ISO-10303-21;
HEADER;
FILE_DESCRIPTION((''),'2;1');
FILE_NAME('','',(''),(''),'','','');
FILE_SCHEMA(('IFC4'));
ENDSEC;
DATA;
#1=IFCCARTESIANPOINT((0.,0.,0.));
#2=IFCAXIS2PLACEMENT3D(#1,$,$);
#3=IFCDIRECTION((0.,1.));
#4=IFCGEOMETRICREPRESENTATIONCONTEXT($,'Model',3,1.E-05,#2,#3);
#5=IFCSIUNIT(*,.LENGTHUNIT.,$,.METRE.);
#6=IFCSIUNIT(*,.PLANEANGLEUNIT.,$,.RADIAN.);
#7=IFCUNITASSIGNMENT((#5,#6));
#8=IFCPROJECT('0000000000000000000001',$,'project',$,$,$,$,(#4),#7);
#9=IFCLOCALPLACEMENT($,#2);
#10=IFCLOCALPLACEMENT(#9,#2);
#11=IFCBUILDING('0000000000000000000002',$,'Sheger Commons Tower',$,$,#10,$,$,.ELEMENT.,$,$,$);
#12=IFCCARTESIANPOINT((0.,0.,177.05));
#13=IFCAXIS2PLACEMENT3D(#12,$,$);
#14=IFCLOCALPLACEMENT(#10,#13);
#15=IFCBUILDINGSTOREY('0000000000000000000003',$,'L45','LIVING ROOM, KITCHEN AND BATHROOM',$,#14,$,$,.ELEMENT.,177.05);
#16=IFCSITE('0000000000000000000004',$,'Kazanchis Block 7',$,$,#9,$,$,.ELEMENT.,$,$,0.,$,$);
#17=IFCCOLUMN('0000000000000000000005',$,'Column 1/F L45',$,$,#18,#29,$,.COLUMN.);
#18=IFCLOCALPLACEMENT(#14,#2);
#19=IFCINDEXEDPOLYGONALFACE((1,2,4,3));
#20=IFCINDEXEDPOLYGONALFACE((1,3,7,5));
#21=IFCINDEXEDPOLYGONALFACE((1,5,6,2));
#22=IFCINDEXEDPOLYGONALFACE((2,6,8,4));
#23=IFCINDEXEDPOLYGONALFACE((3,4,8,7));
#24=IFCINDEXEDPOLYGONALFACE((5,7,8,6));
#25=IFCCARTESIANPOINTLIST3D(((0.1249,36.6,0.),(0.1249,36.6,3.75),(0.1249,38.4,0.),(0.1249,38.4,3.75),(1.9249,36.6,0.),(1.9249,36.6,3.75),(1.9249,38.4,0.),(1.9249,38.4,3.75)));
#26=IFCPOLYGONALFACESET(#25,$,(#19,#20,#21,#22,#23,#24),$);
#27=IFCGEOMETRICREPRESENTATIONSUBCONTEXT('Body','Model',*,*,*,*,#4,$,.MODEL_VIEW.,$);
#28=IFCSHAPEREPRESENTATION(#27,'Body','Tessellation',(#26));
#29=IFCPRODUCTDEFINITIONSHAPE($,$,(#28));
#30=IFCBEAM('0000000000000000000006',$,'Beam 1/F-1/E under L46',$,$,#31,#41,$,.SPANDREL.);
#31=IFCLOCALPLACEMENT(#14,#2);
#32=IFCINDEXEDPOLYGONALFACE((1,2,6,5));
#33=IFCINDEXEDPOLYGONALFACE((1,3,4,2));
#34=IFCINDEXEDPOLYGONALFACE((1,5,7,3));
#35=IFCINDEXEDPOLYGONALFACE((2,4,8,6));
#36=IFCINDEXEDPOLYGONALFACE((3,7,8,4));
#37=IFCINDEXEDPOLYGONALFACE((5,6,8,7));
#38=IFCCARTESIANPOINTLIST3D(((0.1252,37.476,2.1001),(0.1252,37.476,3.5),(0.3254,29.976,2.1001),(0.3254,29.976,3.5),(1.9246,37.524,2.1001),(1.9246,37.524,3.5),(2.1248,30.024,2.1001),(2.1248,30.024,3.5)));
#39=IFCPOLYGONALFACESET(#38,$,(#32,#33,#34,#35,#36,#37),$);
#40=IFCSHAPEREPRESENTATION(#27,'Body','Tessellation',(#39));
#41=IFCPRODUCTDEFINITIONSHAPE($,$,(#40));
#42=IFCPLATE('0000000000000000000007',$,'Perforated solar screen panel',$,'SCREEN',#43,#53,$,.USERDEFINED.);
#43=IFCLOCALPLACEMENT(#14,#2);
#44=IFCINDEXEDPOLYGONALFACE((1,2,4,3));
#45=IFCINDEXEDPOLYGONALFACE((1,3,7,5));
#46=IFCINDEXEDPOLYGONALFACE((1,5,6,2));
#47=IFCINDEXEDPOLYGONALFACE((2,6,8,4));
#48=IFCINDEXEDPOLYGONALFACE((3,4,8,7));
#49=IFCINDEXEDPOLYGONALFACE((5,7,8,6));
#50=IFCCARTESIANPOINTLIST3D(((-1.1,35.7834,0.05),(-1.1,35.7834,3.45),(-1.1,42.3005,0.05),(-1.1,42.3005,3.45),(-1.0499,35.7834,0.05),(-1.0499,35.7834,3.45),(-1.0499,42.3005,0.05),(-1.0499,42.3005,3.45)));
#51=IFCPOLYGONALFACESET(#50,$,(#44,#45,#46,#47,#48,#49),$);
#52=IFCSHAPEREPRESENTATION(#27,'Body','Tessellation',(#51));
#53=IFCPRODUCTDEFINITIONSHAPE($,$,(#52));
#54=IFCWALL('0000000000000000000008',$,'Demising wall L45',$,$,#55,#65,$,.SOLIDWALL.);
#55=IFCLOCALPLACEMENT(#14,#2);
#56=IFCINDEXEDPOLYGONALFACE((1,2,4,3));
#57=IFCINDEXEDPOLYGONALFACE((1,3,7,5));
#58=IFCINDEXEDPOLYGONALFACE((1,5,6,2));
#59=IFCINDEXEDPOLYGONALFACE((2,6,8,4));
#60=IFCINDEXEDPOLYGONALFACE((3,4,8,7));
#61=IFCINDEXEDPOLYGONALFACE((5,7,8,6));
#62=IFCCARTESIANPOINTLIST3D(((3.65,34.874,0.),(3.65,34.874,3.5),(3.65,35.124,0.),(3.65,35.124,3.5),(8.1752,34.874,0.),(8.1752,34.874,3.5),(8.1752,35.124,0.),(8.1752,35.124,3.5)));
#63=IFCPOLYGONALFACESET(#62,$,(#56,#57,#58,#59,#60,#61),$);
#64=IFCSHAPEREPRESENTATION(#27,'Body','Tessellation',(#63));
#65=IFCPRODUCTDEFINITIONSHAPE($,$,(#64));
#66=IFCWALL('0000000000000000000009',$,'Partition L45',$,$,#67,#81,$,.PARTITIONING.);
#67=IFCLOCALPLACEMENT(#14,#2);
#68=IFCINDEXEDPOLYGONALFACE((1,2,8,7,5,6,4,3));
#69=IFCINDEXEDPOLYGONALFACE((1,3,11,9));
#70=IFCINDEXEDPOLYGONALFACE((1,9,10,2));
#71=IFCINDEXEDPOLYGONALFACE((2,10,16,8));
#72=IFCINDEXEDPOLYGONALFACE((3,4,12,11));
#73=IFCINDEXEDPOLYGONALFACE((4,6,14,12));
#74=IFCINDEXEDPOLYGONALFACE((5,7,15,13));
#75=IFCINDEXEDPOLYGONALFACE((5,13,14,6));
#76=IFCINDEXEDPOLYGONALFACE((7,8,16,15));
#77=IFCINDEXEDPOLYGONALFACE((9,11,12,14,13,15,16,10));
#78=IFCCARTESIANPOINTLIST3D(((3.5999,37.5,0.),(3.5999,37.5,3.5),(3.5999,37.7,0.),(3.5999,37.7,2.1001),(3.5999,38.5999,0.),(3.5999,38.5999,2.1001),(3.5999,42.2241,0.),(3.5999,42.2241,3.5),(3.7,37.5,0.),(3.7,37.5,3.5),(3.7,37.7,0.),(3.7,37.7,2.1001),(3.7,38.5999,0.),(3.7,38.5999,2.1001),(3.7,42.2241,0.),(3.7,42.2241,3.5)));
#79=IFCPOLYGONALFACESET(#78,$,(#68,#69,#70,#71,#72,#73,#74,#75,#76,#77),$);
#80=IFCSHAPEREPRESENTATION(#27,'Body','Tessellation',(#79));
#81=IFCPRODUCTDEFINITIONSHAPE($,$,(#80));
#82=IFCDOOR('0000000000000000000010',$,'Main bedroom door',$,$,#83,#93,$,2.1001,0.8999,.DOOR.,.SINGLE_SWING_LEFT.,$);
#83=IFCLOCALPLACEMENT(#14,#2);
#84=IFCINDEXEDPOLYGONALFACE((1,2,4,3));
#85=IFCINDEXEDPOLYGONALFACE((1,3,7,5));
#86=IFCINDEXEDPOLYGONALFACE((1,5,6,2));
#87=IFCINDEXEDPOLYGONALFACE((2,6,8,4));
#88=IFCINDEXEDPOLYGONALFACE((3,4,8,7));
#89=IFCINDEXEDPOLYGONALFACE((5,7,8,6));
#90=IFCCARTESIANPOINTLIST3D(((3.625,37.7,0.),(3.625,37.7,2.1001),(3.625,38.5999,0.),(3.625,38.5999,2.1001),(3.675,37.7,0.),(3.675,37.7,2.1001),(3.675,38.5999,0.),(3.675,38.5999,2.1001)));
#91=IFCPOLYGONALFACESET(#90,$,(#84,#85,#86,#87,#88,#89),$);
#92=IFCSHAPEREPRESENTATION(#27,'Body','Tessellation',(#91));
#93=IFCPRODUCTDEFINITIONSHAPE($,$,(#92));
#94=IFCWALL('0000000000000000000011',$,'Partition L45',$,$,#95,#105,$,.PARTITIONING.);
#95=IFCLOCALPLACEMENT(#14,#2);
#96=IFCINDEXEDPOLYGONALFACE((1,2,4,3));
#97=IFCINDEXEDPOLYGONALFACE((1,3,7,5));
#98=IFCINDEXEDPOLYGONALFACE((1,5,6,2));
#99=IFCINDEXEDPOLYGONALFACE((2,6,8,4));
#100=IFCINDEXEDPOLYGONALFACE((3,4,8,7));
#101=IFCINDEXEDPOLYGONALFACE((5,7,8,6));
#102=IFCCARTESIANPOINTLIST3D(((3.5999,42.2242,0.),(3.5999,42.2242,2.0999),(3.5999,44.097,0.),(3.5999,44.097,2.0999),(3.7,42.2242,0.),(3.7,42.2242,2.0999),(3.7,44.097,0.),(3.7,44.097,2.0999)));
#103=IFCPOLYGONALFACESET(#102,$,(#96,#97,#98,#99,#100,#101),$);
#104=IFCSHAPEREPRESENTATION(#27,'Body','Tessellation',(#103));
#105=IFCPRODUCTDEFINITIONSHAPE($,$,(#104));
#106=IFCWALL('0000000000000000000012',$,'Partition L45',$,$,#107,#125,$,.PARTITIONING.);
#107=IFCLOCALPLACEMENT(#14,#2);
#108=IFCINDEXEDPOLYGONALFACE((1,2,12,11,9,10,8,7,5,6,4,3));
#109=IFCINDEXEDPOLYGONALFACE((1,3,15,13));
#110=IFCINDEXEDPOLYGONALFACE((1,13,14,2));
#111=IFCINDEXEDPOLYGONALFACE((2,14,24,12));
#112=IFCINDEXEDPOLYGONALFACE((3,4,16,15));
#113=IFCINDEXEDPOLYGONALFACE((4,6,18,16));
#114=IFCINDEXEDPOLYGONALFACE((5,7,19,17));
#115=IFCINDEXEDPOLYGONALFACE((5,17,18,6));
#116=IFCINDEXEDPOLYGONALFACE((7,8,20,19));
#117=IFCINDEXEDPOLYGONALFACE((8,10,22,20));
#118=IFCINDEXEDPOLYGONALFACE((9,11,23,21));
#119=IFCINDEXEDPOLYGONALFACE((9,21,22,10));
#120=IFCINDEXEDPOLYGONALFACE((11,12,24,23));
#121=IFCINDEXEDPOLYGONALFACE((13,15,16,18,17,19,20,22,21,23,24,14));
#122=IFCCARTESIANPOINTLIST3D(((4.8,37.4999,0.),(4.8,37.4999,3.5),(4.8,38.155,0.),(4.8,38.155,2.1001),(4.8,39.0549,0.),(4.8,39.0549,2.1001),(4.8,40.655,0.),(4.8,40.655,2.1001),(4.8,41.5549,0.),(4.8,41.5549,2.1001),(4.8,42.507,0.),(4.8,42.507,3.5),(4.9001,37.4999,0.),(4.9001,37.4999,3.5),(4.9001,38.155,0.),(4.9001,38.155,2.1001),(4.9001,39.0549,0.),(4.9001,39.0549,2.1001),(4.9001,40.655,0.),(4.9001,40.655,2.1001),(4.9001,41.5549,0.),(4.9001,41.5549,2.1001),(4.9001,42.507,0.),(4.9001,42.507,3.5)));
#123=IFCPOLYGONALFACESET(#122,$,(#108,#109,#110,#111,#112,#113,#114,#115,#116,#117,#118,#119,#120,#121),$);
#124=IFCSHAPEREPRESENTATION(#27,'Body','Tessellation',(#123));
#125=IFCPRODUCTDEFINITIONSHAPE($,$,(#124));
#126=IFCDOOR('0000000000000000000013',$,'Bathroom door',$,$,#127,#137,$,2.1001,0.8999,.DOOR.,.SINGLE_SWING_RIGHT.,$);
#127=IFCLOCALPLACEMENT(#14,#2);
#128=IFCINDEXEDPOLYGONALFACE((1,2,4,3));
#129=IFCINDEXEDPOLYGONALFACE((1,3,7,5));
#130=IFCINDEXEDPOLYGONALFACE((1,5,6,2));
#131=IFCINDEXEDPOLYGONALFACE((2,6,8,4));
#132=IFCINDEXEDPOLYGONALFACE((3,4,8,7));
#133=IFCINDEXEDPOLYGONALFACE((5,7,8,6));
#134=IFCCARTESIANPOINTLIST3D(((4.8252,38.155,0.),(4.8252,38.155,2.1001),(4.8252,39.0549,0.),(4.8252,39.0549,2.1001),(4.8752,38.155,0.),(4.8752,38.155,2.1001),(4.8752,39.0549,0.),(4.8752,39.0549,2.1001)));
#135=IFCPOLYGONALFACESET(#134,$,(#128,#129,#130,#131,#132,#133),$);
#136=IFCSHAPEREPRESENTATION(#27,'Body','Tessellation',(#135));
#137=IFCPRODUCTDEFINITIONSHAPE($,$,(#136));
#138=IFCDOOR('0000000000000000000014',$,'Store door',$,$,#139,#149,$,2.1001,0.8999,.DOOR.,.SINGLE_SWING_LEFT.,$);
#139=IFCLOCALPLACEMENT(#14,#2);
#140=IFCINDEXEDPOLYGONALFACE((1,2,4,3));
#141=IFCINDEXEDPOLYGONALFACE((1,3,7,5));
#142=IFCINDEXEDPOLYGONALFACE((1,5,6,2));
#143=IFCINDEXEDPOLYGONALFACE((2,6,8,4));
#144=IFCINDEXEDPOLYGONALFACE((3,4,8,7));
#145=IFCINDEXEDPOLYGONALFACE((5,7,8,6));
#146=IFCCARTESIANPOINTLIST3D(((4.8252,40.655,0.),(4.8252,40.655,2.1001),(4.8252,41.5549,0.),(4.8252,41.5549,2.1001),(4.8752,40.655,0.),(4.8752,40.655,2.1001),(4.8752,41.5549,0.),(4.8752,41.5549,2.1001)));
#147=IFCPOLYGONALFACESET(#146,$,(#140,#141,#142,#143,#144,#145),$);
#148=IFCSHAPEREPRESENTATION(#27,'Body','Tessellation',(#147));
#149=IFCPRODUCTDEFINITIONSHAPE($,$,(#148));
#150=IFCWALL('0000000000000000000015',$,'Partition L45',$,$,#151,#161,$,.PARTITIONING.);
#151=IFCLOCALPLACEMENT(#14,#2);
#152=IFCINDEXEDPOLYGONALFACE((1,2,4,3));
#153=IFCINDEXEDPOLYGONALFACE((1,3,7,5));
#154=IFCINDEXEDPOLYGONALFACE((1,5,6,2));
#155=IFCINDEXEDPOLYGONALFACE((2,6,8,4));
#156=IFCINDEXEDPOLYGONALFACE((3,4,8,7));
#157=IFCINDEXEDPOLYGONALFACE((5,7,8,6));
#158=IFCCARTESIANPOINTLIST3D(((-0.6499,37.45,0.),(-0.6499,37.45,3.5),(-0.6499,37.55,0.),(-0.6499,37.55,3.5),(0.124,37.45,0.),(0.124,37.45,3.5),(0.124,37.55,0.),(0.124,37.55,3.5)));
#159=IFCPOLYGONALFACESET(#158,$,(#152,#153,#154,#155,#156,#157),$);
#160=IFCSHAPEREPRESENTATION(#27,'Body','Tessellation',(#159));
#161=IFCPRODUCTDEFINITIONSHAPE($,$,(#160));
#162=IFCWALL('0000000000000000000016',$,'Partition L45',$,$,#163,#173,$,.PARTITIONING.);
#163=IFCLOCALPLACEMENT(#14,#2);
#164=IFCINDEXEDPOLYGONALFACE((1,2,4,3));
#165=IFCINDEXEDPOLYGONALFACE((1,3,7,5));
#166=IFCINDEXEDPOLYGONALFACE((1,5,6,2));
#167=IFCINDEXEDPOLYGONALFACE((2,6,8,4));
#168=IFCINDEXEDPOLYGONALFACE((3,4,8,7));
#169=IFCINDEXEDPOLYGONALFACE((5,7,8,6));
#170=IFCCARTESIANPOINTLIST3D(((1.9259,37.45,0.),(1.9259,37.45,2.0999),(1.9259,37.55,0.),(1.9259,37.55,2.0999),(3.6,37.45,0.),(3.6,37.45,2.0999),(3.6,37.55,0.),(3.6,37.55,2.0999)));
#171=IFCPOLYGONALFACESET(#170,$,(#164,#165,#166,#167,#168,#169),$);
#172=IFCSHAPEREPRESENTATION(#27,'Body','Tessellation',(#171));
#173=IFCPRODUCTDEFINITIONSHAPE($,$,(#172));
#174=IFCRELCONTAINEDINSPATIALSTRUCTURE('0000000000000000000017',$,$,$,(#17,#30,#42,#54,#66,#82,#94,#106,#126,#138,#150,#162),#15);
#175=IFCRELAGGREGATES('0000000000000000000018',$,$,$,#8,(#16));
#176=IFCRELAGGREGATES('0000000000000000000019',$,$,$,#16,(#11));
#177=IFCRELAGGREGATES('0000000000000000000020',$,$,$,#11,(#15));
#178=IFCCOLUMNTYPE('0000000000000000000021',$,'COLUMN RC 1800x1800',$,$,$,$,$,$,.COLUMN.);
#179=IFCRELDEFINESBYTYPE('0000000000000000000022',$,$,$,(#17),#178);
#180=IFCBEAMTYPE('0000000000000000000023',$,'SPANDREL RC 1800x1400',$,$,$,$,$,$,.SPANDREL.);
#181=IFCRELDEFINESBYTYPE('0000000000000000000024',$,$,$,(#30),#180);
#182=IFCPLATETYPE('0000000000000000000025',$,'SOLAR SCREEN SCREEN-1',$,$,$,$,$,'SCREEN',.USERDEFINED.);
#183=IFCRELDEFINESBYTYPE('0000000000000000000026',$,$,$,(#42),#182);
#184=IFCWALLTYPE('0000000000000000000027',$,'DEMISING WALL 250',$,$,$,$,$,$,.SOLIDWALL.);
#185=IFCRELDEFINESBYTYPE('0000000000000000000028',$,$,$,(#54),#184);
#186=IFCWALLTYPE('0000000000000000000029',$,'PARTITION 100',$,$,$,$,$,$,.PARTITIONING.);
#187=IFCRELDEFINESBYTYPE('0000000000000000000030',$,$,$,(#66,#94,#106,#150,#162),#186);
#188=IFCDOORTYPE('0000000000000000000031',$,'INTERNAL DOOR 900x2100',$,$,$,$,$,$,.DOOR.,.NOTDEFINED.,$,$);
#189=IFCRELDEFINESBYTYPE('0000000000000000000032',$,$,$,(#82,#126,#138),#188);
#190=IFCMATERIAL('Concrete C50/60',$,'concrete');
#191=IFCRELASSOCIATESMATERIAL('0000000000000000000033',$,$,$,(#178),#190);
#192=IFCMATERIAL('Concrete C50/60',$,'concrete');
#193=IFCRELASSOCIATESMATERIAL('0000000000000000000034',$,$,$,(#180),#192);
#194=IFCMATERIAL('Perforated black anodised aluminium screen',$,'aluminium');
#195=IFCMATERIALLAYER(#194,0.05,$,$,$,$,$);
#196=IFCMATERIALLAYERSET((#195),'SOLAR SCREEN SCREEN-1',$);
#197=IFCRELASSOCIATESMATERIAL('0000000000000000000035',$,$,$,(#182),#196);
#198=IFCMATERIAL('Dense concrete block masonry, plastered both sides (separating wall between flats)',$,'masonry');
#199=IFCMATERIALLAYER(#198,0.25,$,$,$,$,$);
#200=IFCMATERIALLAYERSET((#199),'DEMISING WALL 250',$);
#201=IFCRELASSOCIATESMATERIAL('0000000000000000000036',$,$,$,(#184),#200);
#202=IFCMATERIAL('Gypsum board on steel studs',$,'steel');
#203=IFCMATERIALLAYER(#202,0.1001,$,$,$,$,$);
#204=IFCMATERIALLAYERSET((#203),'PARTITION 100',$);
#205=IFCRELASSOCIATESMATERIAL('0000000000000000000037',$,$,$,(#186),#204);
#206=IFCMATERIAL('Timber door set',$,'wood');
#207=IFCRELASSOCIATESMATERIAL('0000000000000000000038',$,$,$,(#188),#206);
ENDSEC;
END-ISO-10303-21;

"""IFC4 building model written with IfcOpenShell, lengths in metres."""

from ifc_helpers import new_model, si_unit, direction, frame, frame_2d, origin, origin_2d, place, context, subcontext, project, spatial, rectangle, extrude, material, layer, layer_set, material_profile, profile_set, type_object, element, fill, save


model = new_model("IFC4")

# Units and contexts
model_context = context("Model", 3, precision=1e-05, world=origin(), true_north=direction((0.0, 1.0)))
body_context = subcontext(model_context, "Body", "Model", "MODEL_VIEW")
ifc_project = project(units=[si_unit("LENGTHUNIT", "METRE"), si_unit("PLANEANGLEUNIT", "RADIAN")], contexts=[model_context])

# Site, building, storey
site_placement = place(None, origin())
site = spatial("IfcSite", under=ifc_project, at=site_placement, Name="Kazanchis Block 7", CompositionType="ELEMENT", RefElevation=0.0)
building_placement = place(site_placement, origin())
building = spatial("IfcBuilding", under=site, at=building_placement, Name="Sheger Commons Tower", CompositionType="ELEMENT")
storey_placement = place(building_placement, frame((0.0, 0.0, 177.05)))
storey = spatial("IfcBuildingStorey", under=building, at=storey_placement, Name="L45", Description="LIVING ROOM, KITCHEN AND BATHROOM", CompositionType="ELEMENT", Elevation=177.05)

# Column
ifc_material_1 = material(Name="Concrete C50/60", Category="concrete")
ifc_material_profile_1 = material_profile(ifc_material_1, rectangle(XDim=1.8, YDim=1.8, at=origin_2d()), Name="RC 1800x1800")
ifc_profile_set_1 = profile_set([ifc_material_profile_1], Name="Concrete C50/60")
column_type = type_object("IfcColumnType", Name="COLUMN RC 1800x1800", PredefinedType="COLUMN", material=ifc_profile_set_1)
column_placement = place(storey_placement, frame((1.0249, 37.5, 0.0), z_axis=(0.0, 0.0, 1.0), x_axis=(1.0, 0.0, 0.0)))
element("IfcColumn", 1, at=column_placement, inside=storey, type_object=column_type, Name="Column 1/F L45", PredefinedType="COLUMN", context=body_context, shape_type="SweptSolid", body=[
    extrude(rectangle(XDim=1.8, YDim=1.8, at=origin_2d()), origin(), (0.0, 0.0, 1.0), 3.75),
])

# Beam
ifc_material_2 = material(Name="Concrete C50/60", Category="concrete")
ifc_material_profile_2 = material_profile(ifc_material_2, rectangle(XDim=1.8, YDim=1.3999, at=origin_2d()), Name="RC 1800x1400")
ifc_profile_set_2 = profile_set([ifc_material_profile_2], Name="Concrete C50/60")
beam_type = type_object("IfcBeamType", Name="SPANDREL RC 1800x1400", PredefinedType="SPANDREL", material=ifc_profile_set_2)
beam_placement = place(storey_placement, frame((1.0249, 37.5, 2.8), z_axis=(0.026683, -0.999644, 0.0), x_axis=(0.999644, 0.026683, 0.0)))
element("IfcBeam", 2, at=beam_placement, inside=storey, type_object=beam_type, Name="Beam 1/F-1/E under L46", PredefinedType="SPANDREL", context=body_context, shape_type="SweptSolid", body=[
    extrude(rectangle(XDim=1.8, YDim=1.3999, at=origin_2d()), origin(), (0.0, 0.0, 1.0), 7.5027),
])

# Plate
ifc_material_3 = material(Name="Perforated black anodised aluminium screen", Category="aluminium")
ifc_layer_1 = layer(ifc_material_3, 0.05)
ifc_layer_set_1 = layer_set([ifc_layer_1], Name="SOLAR SCREEN SCREEN-1")
plate_type = type_object("IfcPlateType", Name="SOLAR SCREEN SCREEN-1", ElementType="SCREEN", PredefinedType="USERDEFINED", material=ifc_layer_set_1)
plate_placement = place(storey_placement, frame((-1.075, 39.042, 0.05), z_axis=(0.0, 0.0, 1.0), x_axis=(0.0, -1.0, 0.0)))
element("IfcPlate", 3, at=plate_placement, inside=storey, type_object=plate_type, Name="Perforated solar screen panel", ObjectType="SCREEN", PredefinedType="USERDEFINED", context=body_context, shape_type="SweptSolid", body=[
    extrude(rectangle(XDim=6.5171, YDim=0.05, at=origin_2d()), origin(), (0.0, 0.0, 1.0), 3.3999),
])

# Wall
ifc_material_4 = material(Name="Dense concrete block masonry, plastered both sides (separating wall between flats)", Category="masonry")
ifc_layer_2 = layer(ifc_material_4, 0.25)
ifc_layer_set_2 = layer_set([ifc_layer_2], Name="DEMISING WALL 250")
wall_type_1 = type_object("IfcWallType", Name="DEMISING WALL 250", PredefinedType="SOLIDWALL", material=ifc_layer_set_2)
wall_1_placement = place(storey_placement, frame((3.6499, 34.999, 0.0), z_axis=(0.0, 0.0, 1.0), x_axis=(1.0, 0.0, 0.0)))
element("IfcWall", 4, at=wall_1_placement, inside=storey, type_object=wall_type_1, Name="Demising wall L45", PredefinedType="SOLIDWALL", context=body_context, shape_type="SweptSolid", body=[
    extrude(rectangle(XDim=4.5251, YDim=0.25, at=frame_2d((2.2627, 0.0))), origin(), (0.0, 0.0, 1.0), 3.5),
])

# Wall, opening, door
ifc_material_5 = material(Name="Gypsum board on steel studs", Category="steel")
ifc_layer_3 = layer(ifc_material_5, 0.1001)
ifc_layer_set_3 = layer_set([ifc_layer_3], Name="PARTITION 100")
wall_type_2 = type_object("IfcWallType", Name="PARTITION 100", PredefinedType="PARTITIONING", material=ifc_layer_set_3)
wall_2_placement = place(storey_placement, frame((3.6499, 37.5, 0.0), z_axis=(0.0, 0.0, 1.0), x_axis=(0.0, 1.0, 0.0)))
wall_2 = element("IfcWall", 5, at=wall_2_placement, inside=storey, type_object=wall_type_2, Name="Partition L45", PredefinedType="PARTITIONING", context=body_context, shape_type="SweptSolid", body=[
    extrude(rectangle(XDim=4.7241, YDim=0.1001, at=frame_2d((2.3621, 0.0))), origin(), (0.0, 0.0, 1.0), 3.5),
])
opening_1_placement = place(wall_2_placement, frame((0.2, 0.0, 0.0)))
opening_1 = element("IfcOpeningElement", 6, at=opening_1_placement, cuts=wall_2, PredefinedType="OPENING", context=body_context, shape_type="SweptSolid", body=[
    extrude(rectangle(XDim=0.8999, YDim=2.1001, at=frame_2d((0.45, 1.05))), frame((0.0, 0.0601, 0.0), z_axis=(0.0, -1.0, 0.0), x_axis=(1.0, 0.0, 0.0)), (0.0, 0.0, 1.0), 0.1201),
])
ifc_material_6 = material(Name="Timber door set", Category="wood")
door_type = type_object("IfcDoorType", Name="INTERNAL DOOR 900x2100", OperationType="NOTDEFINED", PredefinedType="DOOR", material=ifc_material_6)
door_1_placement = place(opening_1_placement, origin())
door_1 = element("IfcDoor", 7, at=door_1_placement, inside=storey, type_object=door_type, Name="Main bedroom door", OperationType="SINGLE_SWING_LEFT", OverallHeight=2.1001, OverallWidth=0.8999, PredefinedType="DOOR", context=body_context, shape_type="SweptSolid", body=[
    extrude(rectangle(XDim=0.8999, YDim=2.1001, at=frame_2d((0.45, 1.05))), frame((0.0, 0.0249, 0.0), z_axis=(0.0, -1.0, 0.0), x_axis=(1.0, 0.0, 0.0)), (0.0, 0.0, 1.0), 0.05),
])
fill(opening_1, door_1)

# Wall
wall_3_placement = place(storey_placement, frame((3.6499, 42.2241, 0.0), z_axis=(0.0, 0.0, 1.0), x_axis=(0.0, 1.0, 0.0)))
element("IfcWall", 8, at=wall_3_placement, inside=storey, type_object=wall_type_2, Name="Partition L45", PredefinedType="PARTITIONING", context=body_context, shape_type="SweptSolid", body=[
    extrude(rectangle(XDim=1.8728, YDim=0.1001, at=frame_2d((0.9365, 0.0))), origin(), (0.0, 0.0, 1.0), 2.0999),
])

# Wall, openings, doors
wall_4_placement = place(storey_placement, frame((4.8501, 37.5, 0.0), z_axis=(0.0, 0.0, 1.0), x_axis=(0.0, 1.0, 0.0)))
wall_4 = element("IfcWall", 9, at=wall_4_placement, inside=storey, type_object=wall_type_2, Name="Partition L45", PredefinedType="PARTITIONING", context=body_context, shape_type="SweptSolid", body=[
    extrude(rectangle(XDim=5.0071, YDim=0.1001, at=frame_2d((2.5034, 0.0))), origin(), (0.0, 0.0, 1.0), 3.5),
])
opening_2_placement = place(wall_4_placement, frame((0.655, 0.0, 0.0)))
opening_2 = element("IfcOpeningElement", 10, at=opening_2_placement, cuts=wall_4, PredefinedType="OPENING", context=body_context, shape_type="SweptSolid", body=[
    extrude(rectangle(XDim=0.8999, YDim=2.1001, at=frame_2d((0.45, 1.05))), frame((0.0, 0.0601, 0.0), z_axis=(0.0, -1.0, 0.0), x_axis=(1.0, 0.0, 0.0)), (0.0, 0.0, 1.0), 0.1201),
])
opening_3_placement = place(wall_4_placement, frame((3.155, 0.0, 0.0)))
opening_3 = element("IfcOpeningElement", 11, at=opening_3_placement, cuts=wall_4, PredefinedType="OPENING", context=body_context, shape_type="SweptSolid", body=[
    extrude(rectangle(XDim=0.8999, YDim=2.1001, at=frame_2d((0.45, 1.05))), frame((0.0, 0.0601, 0.0), z_axis=(0.0, -1.0, 0.0), x_axis=(1.0, 0.0, 0.0)), (0.0, 0.0, 1.0), 0.1201),
])
door_2_placement = place(opening_2_placement, origin())
door_2 = element("IfcDoor", 12, at=door_2_placement, inside=storey, type_object=door_type, Name="Bathroom door", OperationType="SINGLE_SWING_RIGHT", OverallHeight=2.1001, OverallWidth=0.8999, PredefinedType="DOOR", context=body_context, shape_type="SweptSolid", body=[
    extrude(rectangle(XDim=0.8999, YDim=2.1001, at=frame_2d((0.45, 1.05))), frame((0.0, 0.0249, 0.0), z_axis=(0.0, -1.0, 0.0), x_axis=(1.0, 0.0, 0.0)), (0.0, 0.0, 1.0), 0.05),
])
fill(opening_2, door_2)
door_3_placement = place(opening_3_placement, origin())
door_3 = element("IfcDoor", 13, at=door_3_placement, inside=storey, type_object=door_type, Name="Store door", OperationType="SINGLE_SWING_LEFT", OverallHeight=2.1001, OverallWidth=0.8999, PredefinedType="DOOR", context=body_context, shape_type="SweptSolid", body=[
    extrude(rectangle(XDim=0.8999, YDim=2.1001, at=frame_2d((0.45, 1.05))), frame((0.0, 0.0249, 0.0), z_axis=(0.0, -1.0, 0.0), x_axis=(1.0, 0.0, 0.0)), (0.0, 0.0, 1.0), 0.05),
])
fill(opening_3, door_3)

# Walls
wall_5_placement = place(storey_placement, frame((-0.6499, 37.5, 0.0), z_axis=(0.0, 0.0, 1.0), x_axis=(1.0, 0.0, 0.0)))
element("IfcWall", 14, at=wall_5_placement, inside=storey, type_object=wall_type_2, Name="Partition L45", PredefinedType="PARTITIONING", context=body_context, shape_type="SweptSolid", body=[
    extrude(rectangle(XDim=0.7739, YDim=0.1001, at=frame_2d((0.387, 0.0))), origin(), (0.0, 0.0, 1.0), 3.5),
])
wall_6_placement = place(storey_placement, frame((1.926, 37.5, 0.0), z_axis=(0.0, 0.0, 1.0), x_axis=(1.0, 0.0, 0.0)))
element("IfcWall", 15, at=wall_6_placement, inside=storey, type_object=wall_type_2, Name="Partition L45", PredefinedType="PARTITIONING", context=body_context, shape_type="SweptSolid", body=[
    extrude(rectangle(XDim=1.6741, YDim=0.1001, at=frame_2d((0.8369, 0.0))), origin(), (0.0, 0.0, 1.0), 2.0999),
])

save(model, "model.ifc")
